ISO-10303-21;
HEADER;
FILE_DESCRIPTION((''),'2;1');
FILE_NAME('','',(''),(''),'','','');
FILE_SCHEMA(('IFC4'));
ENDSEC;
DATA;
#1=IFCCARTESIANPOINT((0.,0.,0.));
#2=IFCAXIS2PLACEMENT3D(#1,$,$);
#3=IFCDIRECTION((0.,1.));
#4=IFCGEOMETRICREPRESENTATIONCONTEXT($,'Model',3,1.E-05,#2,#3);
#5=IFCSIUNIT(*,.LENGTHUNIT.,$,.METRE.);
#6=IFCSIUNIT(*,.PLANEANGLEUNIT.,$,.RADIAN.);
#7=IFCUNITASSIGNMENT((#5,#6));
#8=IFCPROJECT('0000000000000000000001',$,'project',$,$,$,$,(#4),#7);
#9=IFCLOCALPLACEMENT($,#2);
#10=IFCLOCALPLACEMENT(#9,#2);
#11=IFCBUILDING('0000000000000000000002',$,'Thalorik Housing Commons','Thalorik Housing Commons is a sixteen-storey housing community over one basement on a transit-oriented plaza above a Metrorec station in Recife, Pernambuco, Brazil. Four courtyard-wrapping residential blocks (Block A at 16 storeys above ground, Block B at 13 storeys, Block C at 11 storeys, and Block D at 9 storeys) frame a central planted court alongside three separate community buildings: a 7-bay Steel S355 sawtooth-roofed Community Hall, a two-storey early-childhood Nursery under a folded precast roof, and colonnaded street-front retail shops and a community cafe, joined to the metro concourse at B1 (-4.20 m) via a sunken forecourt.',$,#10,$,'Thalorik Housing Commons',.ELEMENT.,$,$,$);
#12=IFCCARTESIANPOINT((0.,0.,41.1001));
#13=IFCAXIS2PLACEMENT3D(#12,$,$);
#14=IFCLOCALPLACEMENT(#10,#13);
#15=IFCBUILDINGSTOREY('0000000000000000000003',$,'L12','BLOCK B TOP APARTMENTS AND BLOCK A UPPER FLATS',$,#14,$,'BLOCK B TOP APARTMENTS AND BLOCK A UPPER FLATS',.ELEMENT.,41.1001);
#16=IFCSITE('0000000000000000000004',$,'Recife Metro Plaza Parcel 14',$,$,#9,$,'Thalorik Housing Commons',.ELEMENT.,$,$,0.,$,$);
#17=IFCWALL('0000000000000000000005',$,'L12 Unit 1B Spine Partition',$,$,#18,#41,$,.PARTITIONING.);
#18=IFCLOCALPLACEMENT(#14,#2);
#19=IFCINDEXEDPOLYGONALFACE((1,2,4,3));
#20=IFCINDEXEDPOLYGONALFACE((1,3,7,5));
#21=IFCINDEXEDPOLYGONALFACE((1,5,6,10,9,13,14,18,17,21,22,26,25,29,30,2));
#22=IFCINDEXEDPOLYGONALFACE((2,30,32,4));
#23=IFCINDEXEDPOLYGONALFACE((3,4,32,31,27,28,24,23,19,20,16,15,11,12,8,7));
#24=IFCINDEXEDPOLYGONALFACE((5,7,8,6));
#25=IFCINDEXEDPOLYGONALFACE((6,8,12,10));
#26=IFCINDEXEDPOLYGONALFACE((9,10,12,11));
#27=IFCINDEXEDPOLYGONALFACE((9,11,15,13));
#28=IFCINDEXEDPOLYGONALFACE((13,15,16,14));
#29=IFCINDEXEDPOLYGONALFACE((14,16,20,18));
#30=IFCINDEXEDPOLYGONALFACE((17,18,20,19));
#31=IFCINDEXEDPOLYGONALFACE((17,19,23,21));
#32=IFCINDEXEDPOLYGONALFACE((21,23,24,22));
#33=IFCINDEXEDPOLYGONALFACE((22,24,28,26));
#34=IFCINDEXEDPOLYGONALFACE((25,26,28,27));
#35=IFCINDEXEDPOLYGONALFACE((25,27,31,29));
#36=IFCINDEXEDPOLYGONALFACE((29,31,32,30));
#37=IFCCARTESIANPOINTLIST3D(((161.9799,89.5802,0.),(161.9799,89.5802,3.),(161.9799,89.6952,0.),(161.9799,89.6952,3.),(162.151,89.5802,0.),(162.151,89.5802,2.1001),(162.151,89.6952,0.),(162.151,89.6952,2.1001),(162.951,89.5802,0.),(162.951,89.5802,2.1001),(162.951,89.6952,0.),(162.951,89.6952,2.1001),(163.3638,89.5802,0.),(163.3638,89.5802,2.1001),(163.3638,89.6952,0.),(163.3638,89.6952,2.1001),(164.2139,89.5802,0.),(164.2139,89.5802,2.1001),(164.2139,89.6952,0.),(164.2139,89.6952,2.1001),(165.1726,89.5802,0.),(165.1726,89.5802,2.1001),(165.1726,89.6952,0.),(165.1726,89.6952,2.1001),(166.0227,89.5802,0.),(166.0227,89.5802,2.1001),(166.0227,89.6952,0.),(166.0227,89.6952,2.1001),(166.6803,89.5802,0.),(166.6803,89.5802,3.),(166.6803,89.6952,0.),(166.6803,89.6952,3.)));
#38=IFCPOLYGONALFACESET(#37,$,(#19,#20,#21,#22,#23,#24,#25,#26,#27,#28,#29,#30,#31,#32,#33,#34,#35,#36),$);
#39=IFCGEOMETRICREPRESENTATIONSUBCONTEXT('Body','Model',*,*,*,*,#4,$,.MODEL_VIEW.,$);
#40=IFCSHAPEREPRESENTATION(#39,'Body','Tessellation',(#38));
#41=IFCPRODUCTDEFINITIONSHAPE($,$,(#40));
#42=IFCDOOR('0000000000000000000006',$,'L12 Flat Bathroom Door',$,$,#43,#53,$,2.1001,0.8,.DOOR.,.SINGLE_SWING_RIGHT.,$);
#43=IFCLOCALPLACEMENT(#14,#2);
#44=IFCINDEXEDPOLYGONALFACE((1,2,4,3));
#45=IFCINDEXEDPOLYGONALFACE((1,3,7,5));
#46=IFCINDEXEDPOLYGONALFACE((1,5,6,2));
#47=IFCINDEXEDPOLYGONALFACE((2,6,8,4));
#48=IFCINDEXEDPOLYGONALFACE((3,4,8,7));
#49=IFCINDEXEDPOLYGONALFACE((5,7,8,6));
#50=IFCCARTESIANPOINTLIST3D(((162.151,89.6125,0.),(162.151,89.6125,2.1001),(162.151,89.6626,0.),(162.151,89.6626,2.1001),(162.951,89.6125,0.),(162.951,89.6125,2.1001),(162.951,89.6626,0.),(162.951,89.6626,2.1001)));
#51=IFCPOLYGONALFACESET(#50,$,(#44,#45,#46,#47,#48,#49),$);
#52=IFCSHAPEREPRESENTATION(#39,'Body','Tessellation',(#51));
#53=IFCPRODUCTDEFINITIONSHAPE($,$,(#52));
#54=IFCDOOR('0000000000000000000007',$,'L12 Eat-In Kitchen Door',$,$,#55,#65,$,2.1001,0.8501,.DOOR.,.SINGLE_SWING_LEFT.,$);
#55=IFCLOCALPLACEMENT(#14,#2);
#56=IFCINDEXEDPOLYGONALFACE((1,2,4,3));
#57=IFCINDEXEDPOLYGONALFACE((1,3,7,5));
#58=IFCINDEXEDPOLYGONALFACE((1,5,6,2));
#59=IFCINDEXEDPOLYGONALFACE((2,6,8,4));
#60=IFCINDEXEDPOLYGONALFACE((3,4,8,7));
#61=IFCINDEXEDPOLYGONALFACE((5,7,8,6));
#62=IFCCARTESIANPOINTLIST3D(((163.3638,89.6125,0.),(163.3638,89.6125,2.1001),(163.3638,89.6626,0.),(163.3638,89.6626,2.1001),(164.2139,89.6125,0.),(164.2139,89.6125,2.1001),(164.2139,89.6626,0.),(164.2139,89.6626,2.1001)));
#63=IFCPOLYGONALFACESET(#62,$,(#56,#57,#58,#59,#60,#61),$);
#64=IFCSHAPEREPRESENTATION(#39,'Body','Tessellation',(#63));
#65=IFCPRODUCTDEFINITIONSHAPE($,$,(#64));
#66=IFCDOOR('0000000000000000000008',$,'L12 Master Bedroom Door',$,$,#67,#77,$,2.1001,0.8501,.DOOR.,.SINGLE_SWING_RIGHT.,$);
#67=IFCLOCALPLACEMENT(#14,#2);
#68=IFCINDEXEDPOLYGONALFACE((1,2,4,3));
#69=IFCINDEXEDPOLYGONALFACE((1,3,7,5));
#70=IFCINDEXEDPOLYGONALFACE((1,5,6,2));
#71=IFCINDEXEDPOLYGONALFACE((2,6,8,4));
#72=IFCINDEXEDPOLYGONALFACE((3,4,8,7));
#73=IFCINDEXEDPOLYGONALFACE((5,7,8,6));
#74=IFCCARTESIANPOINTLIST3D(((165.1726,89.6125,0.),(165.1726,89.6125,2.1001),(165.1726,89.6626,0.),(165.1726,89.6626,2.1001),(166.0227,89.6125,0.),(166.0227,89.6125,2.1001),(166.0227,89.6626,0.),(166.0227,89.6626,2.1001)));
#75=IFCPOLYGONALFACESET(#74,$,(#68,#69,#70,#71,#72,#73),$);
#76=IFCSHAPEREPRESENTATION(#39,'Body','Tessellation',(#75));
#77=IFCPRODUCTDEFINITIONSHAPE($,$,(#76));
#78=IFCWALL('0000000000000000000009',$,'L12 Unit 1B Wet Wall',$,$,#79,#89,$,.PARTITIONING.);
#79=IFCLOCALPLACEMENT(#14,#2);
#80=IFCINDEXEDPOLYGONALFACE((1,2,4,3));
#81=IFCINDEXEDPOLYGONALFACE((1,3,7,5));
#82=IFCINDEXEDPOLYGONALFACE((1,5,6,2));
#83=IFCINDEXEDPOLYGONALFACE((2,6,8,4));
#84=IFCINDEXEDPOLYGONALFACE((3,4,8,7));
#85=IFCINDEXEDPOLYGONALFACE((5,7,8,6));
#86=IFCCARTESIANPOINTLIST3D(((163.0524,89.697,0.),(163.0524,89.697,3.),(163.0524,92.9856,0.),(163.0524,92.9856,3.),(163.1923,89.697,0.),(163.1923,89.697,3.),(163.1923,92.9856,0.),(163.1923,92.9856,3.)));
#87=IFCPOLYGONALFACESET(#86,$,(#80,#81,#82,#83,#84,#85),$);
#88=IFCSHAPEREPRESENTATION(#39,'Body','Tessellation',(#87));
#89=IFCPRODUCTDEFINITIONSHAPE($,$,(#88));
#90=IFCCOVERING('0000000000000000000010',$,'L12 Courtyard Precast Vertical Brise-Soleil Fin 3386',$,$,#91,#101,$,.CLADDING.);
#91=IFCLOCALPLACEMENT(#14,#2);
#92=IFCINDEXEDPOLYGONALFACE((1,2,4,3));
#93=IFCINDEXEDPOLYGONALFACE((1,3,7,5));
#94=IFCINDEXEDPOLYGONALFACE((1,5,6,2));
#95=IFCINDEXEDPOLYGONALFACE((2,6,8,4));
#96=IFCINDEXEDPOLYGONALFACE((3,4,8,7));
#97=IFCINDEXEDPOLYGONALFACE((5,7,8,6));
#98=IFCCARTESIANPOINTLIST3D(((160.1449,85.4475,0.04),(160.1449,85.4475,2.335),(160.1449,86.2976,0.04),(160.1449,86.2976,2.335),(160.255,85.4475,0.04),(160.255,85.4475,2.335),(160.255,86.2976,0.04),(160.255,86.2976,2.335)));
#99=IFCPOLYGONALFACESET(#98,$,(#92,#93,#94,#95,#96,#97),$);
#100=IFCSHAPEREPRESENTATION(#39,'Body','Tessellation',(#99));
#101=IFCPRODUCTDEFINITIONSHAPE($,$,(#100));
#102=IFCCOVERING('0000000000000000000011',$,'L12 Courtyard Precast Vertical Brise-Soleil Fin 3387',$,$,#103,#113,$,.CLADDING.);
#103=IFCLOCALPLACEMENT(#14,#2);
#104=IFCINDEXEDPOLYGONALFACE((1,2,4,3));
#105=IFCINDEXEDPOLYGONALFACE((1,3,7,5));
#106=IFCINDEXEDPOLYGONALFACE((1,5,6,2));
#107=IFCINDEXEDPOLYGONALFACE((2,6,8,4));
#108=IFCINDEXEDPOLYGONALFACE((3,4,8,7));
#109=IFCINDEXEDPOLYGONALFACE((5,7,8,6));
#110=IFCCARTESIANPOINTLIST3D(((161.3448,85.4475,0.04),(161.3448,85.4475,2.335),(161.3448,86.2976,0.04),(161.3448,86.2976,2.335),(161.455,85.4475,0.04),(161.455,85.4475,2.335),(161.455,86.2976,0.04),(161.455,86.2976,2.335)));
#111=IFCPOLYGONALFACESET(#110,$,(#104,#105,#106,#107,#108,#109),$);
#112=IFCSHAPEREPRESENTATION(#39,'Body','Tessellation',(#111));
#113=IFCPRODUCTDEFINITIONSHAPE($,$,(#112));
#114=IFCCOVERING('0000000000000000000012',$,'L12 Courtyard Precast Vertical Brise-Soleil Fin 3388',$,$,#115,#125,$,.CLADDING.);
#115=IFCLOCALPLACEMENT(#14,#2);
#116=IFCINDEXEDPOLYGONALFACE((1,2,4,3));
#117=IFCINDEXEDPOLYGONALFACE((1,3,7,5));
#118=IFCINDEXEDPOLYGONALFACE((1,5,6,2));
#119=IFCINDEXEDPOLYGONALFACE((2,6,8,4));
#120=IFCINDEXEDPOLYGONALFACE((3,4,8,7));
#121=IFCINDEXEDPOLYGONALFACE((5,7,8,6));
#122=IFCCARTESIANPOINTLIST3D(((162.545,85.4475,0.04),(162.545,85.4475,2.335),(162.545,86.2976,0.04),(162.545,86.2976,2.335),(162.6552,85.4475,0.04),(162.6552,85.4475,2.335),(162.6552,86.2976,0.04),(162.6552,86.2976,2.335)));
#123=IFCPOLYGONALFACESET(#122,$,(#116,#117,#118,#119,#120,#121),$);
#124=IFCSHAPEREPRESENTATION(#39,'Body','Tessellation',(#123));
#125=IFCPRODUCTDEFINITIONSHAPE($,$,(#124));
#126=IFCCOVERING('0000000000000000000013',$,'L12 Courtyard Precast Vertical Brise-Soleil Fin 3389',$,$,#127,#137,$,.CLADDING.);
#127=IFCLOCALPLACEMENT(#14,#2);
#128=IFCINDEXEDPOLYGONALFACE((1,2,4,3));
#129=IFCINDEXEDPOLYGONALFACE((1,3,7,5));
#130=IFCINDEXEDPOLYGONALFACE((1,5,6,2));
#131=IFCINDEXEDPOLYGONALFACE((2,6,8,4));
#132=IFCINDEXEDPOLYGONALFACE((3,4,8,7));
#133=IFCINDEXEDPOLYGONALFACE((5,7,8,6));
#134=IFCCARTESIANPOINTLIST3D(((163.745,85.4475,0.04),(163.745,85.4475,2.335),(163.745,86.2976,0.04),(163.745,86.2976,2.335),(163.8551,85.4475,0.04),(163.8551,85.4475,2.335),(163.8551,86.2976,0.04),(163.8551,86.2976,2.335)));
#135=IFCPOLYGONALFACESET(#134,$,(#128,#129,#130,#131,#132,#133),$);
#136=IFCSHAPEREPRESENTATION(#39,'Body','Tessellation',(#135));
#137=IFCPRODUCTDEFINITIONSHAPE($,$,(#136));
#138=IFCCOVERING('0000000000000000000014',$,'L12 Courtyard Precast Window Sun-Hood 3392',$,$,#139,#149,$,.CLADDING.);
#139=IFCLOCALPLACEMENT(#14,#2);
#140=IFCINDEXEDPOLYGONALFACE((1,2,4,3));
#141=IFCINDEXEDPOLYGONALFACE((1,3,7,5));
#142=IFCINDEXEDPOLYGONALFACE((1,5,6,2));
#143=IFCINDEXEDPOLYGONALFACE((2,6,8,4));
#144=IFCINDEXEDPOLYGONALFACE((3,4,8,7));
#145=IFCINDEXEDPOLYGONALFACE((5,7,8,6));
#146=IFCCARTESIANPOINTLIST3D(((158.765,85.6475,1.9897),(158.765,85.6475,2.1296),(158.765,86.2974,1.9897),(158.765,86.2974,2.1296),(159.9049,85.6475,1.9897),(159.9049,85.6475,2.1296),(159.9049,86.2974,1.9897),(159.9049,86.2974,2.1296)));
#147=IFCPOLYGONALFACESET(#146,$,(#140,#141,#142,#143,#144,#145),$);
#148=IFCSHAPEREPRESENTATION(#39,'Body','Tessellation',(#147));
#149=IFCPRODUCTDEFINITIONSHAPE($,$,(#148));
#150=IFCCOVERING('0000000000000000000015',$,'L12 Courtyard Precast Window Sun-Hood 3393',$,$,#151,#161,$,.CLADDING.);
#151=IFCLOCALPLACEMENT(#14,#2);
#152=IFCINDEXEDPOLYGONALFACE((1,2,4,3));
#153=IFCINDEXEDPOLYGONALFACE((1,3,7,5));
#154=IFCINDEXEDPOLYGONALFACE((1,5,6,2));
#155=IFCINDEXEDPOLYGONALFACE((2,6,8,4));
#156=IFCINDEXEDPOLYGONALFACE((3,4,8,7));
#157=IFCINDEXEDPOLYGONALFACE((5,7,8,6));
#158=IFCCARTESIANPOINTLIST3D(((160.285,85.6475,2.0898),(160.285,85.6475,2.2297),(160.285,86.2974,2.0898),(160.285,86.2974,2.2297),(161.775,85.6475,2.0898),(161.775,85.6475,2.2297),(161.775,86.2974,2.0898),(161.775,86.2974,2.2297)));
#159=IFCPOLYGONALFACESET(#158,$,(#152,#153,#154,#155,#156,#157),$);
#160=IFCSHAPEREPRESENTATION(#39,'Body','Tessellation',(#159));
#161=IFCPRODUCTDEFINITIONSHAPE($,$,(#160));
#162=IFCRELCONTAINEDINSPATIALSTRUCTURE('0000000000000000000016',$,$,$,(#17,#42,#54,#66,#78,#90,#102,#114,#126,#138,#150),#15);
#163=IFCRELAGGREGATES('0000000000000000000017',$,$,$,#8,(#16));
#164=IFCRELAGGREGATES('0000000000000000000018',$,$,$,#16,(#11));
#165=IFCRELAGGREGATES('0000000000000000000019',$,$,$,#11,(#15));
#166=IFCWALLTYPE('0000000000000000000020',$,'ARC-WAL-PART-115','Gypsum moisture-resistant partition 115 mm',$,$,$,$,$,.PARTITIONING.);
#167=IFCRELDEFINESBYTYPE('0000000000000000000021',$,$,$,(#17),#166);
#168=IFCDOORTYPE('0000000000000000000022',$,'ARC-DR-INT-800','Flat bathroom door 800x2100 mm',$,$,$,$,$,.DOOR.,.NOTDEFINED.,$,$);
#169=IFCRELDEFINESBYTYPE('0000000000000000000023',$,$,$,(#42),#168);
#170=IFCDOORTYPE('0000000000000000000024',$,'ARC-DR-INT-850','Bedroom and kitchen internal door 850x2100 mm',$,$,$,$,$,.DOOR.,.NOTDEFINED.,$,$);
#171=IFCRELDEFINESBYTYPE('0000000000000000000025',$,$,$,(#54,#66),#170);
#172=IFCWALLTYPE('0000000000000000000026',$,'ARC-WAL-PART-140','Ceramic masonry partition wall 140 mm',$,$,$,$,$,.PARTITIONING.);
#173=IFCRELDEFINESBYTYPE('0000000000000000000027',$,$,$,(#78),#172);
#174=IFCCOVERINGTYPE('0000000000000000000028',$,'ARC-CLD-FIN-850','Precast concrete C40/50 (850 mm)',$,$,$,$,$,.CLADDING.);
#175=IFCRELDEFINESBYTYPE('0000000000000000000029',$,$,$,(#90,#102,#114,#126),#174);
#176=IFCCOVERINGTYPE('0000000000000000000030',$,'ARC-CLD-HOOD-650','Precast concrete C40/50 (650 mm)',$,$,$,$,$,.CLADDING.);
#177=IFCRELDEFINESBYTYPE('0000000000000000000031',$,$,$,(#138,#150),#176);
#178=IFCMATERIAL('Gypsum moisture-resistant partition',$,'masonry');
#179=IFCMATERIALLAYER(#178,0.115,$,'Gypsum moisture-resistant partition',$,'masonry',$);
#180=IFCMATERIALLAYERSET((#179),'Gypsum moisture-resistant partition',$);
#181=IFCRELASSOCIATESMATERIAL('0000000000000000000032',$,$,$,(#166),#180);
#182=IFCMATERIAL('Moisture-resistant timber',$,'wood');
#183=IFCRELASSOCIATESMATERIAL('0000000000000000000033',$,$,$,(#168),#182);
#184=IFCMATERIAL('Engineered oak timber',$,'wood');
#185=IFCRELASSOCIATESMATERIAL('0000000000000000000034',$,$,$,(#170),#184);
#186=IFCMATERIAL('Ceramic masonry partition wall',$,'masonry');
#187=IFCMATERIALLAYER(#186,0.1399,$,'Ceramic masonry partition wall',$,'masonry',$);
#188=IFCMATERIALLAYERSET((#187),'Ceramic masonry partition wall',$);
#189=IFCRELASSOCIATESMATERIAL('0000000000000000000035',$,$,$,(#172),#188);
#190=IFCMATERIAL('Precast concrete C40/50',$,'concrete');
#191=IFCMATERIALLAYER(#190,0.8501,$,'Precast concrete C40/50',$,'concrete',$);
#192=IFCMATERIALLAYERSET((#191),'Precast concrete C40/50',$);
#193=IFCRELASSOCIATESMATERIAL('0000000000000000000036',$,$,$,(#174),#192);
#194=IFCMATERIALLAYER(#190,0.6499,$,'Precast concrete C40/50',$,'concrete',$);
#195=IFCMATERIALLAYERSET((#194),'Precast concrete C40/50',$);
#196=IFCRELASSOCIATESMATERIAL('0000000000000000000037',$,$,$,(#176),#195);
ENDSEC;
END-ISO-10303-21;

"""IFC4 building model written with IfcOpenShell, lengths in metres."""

from ifc_helpers import new_model, si_unit, direction, frame, frame_2d, origin, origin_2d, place, context, subcontext, project, spatial, rectangle, extrude, material, layer, layer_set, type_object, element, fill, save


model = new_model("IFC4")

# Units and contexts
model_context = context("Model", 3, precision=1e-05, world=origin(), true_north=direction((0.0, 1.0)))
body_context = subcontext(model_context, "Body", "Model", "MODEL_VIEW")
ifc_project = project(units=[si_unit("LENGTHUNIT", "METRE"), si_unit("PLANEANGLEUNIT", "RADIAN")], contexts=[model_context])

# Site, building, storey
site_placement = place(None, origin())
site = spatial("IfcSite", under=ifc_project, at=site_placement, Name="Recife Metro Plaza Parcel 14", LongName="Thalorik Housing Commons", CompositionType="ELEMENT", RefElevation=0.0)
building_placement = place(site_placement, origin())
building = spatial("IfcBuilding", under=site, at=building_placement, Name="Thalorik Housing Commons", Description="Thalorik Housing Commons is a sixteen-storey housing community over one basement on a transit-oriented plaza above a Metrorec station in Recife, Pernambuco, Brazil. Four courtyard-wrapping residential blocks (Block A at 16 storeys above ground, Block B at 13 storeys, Block C at 11 storeys, and Block D at 9 storeys) frame a central planted court alongside three separate community buildings: a 7-bay Steel S355 sawtooth-roofed Community Hall, a two-storey early-childhood Nursery under a folded precast roof, and colonnaded street-front retail shops and a community cafe, joined to the metro concourse at B1 (-4.20 m) via a sunken forecourt.", LongName="Thalorik Housing Commons", CompositionType="ELEMENT")
storey_placement = place(building_placement, frame((0.0, 0.0, 41.1001)))
storey = spatial("IfcBuildingStorey", under=building, at=storey_placement, Name="L12", Description="BLOCK B TOP APARTMENTS AND BLOCK A UPPER FLATS", LongName="BLOCK B TOP APARTMENTS AND BLOCK A UPPER FLATS", CompositionType="ELEMENT", Elevation=41.1001)

# Wall, openings, doors
ifc_material_1 = material(Name="Gypsum moisture-resistant partition", Category="masonry")
ifc_layer_1 = layer(ifc_material_1, 0.115, Name="Gypsum moisture-resistant partition", Category="masonry")
ifc_layer_set_1 = layer_set([ifc_layer_1], Name="Gypsum moisture-resistant partition")
wall_type_1 = type_object("IfcWallType", Name="ARC-WAL-PART-115", Description="Gypsum moisture-resistant partition 115 mm", PredefinedType="PARTITIONING", material=ifc_layer_set_1)
wall_1_placement = place(storey_placement, frame((161.98, 89.6377, 0.0), z_axis=(0.0, 0.0, 1.0), x_axis=(1.0, 0.0, 0.0)))
wall_1 = element("IfcWall", 1, at=wall_1_placement, inside=storey, type_object=wall_type_1, Name="L12 Unit 1B Spine Partition", PredefinedType="PARTITIONING", context=body_context, shape_type="SweptSolid", body=[
    extrude(rectangle(XDim=4.7004, YDim=0.115, at=frame_2d((2.3501, 0.0))), origin(), (0.0, 0.0, 1.0), 3.0),
])
opening_1_placement = place(wall_1_placement, frame((0.1711, 0.0, 0.0)))
opening_1 = element("IfcOpeningElement", 2, at=opening_1_placement, cuts=wall_1, PredefinedType="OPENING", context=body_context, shape_type="SweptSolid", body=[
    extrude(rectangle(XDim=0.8, YDim=2.1001, at=frame_2d((0.3999, 1.05))), frame((0.0, 0.0674, 0.0), z_axis=(0.0, -1.0, 0.0), x_axis=(1.0, 0.0, 0.0)), (0.0, 0.0, 1.0), 0.135),
])
opening_2_placement = place(wall_1_placement, frame((1.3838, 0.0, 0.0)))
opening_2 = element("IfcOpeningElement", 3, at=opening_2_placement, cuts=wall_1, PredefinedType="OPENING", context=body_context, shape_type="SweptSolid", body=[
    extrude(rectangle(XDim=0.8501, YDim=2.1001, at=frame_2d((0.425, 1.05))), frame((0.0, 0.0674, 0.0), z_axis=(0.0, -1.0, 0.0), x_axis=(1.0, 0.0, 0.0)), (0.0, 0.0, 1.0), 0.135),
])
opening_3_placement = place(wall_1_placement, frame((3.1926, 0.0, 0.0)))
opening_3 = element("IfcOpeningElement", 4, at=opening_3_placement, cuts=wall_1, PredefinedType="OPENING", context=body_context, shape_type="SweptSolid", body=[
    extrude(rectangle(XDim=0.8501, YDim=2.1001, at=frame_2d((0.425, 1.05))), frame((0.0, 0.0674, 0.0), z_axis=(0.0, -1.0, 0.0), x_axis=(1.0, 0.0, 0.0)), (0.0, 0.0, 1.0), 0.135),
])
ifc_material_2 = material(Name="Moisture-resistant timber", Category="wood")
door_type_1 = type_object("IfcDoorType", Name="ARC-DR-INT-800", Description="Flat bathroom door 800x2100 mm", OperationType="NOTDEFINED", PredefinedType="DOOR", material=ifc_material_2)
door_1_placement = place(opening_1_placement, origin())
door_1 = element("IfcDoor", 5, at=door_1_placement, inside=storey, type_object=door_type_1, Name="L12 Flat Bathroom Door", OperationType="SINGLE_SWING_RIGHT", OverallHeight=2.1001, OverallWidth=0.8, PredefinedType="DOOR", context=body_context, shape_type="SweptSolid", body=[
    extrude(rectangle(XDim=0.8, YDim=2.1001, at=frame_2d((0.3999, 1.05))), frame((0.0, 0.0249, 0.0), z_axis=(0.0, -1.0, 0.0), x_axis=(1.0, 0.0, 0.0)), (0.0, 0.0, 1.0), 0.05),
])
fill(opening_1, door_1)
ifc_material_3 = material(Name="Engineered oak timber", Category="wood")
door_type_2 = type_object("IfcDoorType", Name="ARC-DR-INT-850", Description="Bedroom and kitchen internal door 850x2100 mm", OperationType="NOTDEFINED", PredefinedType="DOOR", material=ifc_material_3)
door_2_placement = place(opening_2_placement, origin())
door_2 = element("IfcDoor", 6, at=door_2_placement, inside=storey, type_object=door_type_2, Name="L12 Eat-In Kitchen Door", OperationType="SINGLE_SWING_LEFT", OverallHeight=2.1001, OverallWidth=0.8501, PredefinedType="DOOR", context=body_context, shape_type="SweptSolid", body=[
    extrude(rectangle(XDim=0.8501, YDim=2.1001, at=frame_2d((0.425, 1.05))), frame((0.0, 0.0249, 0.0), z_axis=(0.0, -1.0, 0.0), x_axis=(1.0, 0.0, 0.0)), (0.0, 0.0, 1.0), 0.05),
])
fill(opening_2, door_2)
door_3_placement = place(opening_3_placement, origin())
door_3 = element("IfcDoor", 7, at=door_3_placement, inside=storey, type_object=door_type_2, Name="L12 Master Bedroom Door", OperationType="SINGLE_SWING_RIGHT", OverallHeight=2.1001, OverallWidth=0.8501, PredefinedType="DOOR", context=body_context, shape_type="SweptSolid", body=[
    extrude(rectangle(XDim=0.8501, YDim=2.1001, at=frame_2d((0.425, 1.05))), frame((0.0, 0.0249, 0.0), z_axis=(0.0, -1.0, 0.0), x_axis=(1.0, 0.0, 0.0)), (0.0, 0.0, 1.0), 0.05),
])
fill(opening_3, door_3)

# Wall
ifc_material_4 = material(Name="Ceramic masonry partition wall", Category="masonry")
ifc_layer_2 = layer(ifc_material_4, 0.1399, Name="Ceramic masonry partition wall", Category="masonry")
ifc_layer_set_2 = layer_set([ifc_layer_2], Name="Ceramic masonry partition wall")
wall_type_2 = type_object("IfcWallType", Name="ARC-WAL-PART-140", Description="Ceramic masonry partition wall 140 mm", PredefinedType="PARTITIONING", material=ifc_layer_set_2)
wall_2_placement = place(storey_placement, frame((163.1223, 89.697, 0.0), z_axis=(0.0, 0.0, 1.0), x_axis=(0.0, 1.0, 0.0)))
element("IfcWall", 8, at=wall_2_placement, inside=storey, type_object=wall_type_2, Name="L12 Unit 1B Wet Wall", PredefinedType="PARTITIONING", context=body_context, shape_type="SweptSolid", body=[
    extrude(rectangle(XDim=3.2886, YDim=0.1399, at=frame_2d((1.6443, 0.0))), origin(), (0.0, 0.0, 1.0), 3.0),
])

# Coverings
ifc_material_5 = material(Name="Precast concrete C40/50", Category="concrete")
ifc_layer_3 = layer(ifc_material_5, 0.8501, Name="Precast concrete C40/50", Category="concrete")
ifc_layer_set_3 = layer_set([ifc_layer_3], Name="Precast concrete C40/50")
covering_type_1 = type_object("IfcCoveringType", Name="ARC-CLD-FIN-850", Description="Precast concrete C40/50 (850 mm)", PredefinedType="CLADDING", material=ifc_layer_set_3)
for number, where, z_axis, x_axis, name in (
    (9, (160.2, 85.8726, 0.04), (0.0, 0.0, 1.0), (1.0, 0.0, 0.0), "L12 Courtyard Precast Vertical Brise-Soleil Fin 3386"),
    (10, (161.3999, 85.8726, 0.04), (0.0, 0.0, 1.0), (1.0, 0.0, 0.0), "L12 Courtyard Precast Vertical Brise-Soleil Fin 3387"),
    (11, (162.6001, 85.8726, 0.04), (0.0, 0.0, 1.0), (1.0, 0.0, 0.0), "L12 Courtyard Precast Vertical Brise-Soleil Fin 3388"),
    (12, (163.8, 85.8726, 0.04), (0.0, 0.0, 1.0), (1.0, 0.0, 0.0), "L12 Courtyard Precast Vertical Brise-Soleil Fin 3389"),
):
    element("IfcCovering", number, at=place(storey_placement, frame(where, z_axis=z_axis, x_axis=x_axis)), inside=storey, type_object=covering_type_1, Name=name, PredefinedType="CLADDING", context=body_context, shape_type="SweptSolid", body=[
        extrude(rectangle(XDim=0.1101, YDim=0.8501, at=origin_2d()), origin(), (0.0, 0.0, 1.0), 2.2949),
    ])
ifc_layer_4 = layer(ifc_material_5, 0.6499, Name="Precast concrete C40/50", Category="concrete")
ifc_layer_set_4 = layer_set([ifc_layer_4], Name="Precast concrete C40/50")
covering_type_2 = type_object("IfcCoveringType", Name="ARC-CLD-HOOD-650", Description="Precast concrete C40/50 (650 mm)", PredefinedType="CLADDING", material=ifc_layer_set_4)
covering_1_placement = place(storey_placement, frame((159.335, 85.9724, 1.9897), z_axis=(0.0, 0.0, 1.0), x_axis=(1.0, 0.0, 0.0)))
element("IfcCovering", 13, at=covering_1_placement, inside=storey, type_object=covering_type_2, Name="L12 Courtyard Precast Window Sun-Hood 3392", PredefinedType="CLADDING", context=body_context, shape_type="SweptSolid", body=[
    extrude(rectangle(XDim=1.1399, YDim=0.6499, at=origin_2d()), origin(), (0.0, 0.0, 1.0), 0.1399),
])
covering_2_placement = place(storey_placement, frame((161.03, 85.9724, 2.0898), z_axis=(0.0, 0.0, 1.0), x_axis=(1.0, 0.0, 0.0)))
element("IfcCovering", 14, at=covering_2_placement, inside=storey, type_object=covering_type_2, Name="L12 Courtyard Precast Window Sun-Hood 3393", PredefinedType="CLADDING", context=body_context, shape_type="SweptSolid", body=[
    extrude(rectangle(XDim=1.49, YDim=0.6499, at=origin_2d()), origin(), (0.0, 0.0, 1.0), 0.1399),
])

save(model, "model.ifc")
